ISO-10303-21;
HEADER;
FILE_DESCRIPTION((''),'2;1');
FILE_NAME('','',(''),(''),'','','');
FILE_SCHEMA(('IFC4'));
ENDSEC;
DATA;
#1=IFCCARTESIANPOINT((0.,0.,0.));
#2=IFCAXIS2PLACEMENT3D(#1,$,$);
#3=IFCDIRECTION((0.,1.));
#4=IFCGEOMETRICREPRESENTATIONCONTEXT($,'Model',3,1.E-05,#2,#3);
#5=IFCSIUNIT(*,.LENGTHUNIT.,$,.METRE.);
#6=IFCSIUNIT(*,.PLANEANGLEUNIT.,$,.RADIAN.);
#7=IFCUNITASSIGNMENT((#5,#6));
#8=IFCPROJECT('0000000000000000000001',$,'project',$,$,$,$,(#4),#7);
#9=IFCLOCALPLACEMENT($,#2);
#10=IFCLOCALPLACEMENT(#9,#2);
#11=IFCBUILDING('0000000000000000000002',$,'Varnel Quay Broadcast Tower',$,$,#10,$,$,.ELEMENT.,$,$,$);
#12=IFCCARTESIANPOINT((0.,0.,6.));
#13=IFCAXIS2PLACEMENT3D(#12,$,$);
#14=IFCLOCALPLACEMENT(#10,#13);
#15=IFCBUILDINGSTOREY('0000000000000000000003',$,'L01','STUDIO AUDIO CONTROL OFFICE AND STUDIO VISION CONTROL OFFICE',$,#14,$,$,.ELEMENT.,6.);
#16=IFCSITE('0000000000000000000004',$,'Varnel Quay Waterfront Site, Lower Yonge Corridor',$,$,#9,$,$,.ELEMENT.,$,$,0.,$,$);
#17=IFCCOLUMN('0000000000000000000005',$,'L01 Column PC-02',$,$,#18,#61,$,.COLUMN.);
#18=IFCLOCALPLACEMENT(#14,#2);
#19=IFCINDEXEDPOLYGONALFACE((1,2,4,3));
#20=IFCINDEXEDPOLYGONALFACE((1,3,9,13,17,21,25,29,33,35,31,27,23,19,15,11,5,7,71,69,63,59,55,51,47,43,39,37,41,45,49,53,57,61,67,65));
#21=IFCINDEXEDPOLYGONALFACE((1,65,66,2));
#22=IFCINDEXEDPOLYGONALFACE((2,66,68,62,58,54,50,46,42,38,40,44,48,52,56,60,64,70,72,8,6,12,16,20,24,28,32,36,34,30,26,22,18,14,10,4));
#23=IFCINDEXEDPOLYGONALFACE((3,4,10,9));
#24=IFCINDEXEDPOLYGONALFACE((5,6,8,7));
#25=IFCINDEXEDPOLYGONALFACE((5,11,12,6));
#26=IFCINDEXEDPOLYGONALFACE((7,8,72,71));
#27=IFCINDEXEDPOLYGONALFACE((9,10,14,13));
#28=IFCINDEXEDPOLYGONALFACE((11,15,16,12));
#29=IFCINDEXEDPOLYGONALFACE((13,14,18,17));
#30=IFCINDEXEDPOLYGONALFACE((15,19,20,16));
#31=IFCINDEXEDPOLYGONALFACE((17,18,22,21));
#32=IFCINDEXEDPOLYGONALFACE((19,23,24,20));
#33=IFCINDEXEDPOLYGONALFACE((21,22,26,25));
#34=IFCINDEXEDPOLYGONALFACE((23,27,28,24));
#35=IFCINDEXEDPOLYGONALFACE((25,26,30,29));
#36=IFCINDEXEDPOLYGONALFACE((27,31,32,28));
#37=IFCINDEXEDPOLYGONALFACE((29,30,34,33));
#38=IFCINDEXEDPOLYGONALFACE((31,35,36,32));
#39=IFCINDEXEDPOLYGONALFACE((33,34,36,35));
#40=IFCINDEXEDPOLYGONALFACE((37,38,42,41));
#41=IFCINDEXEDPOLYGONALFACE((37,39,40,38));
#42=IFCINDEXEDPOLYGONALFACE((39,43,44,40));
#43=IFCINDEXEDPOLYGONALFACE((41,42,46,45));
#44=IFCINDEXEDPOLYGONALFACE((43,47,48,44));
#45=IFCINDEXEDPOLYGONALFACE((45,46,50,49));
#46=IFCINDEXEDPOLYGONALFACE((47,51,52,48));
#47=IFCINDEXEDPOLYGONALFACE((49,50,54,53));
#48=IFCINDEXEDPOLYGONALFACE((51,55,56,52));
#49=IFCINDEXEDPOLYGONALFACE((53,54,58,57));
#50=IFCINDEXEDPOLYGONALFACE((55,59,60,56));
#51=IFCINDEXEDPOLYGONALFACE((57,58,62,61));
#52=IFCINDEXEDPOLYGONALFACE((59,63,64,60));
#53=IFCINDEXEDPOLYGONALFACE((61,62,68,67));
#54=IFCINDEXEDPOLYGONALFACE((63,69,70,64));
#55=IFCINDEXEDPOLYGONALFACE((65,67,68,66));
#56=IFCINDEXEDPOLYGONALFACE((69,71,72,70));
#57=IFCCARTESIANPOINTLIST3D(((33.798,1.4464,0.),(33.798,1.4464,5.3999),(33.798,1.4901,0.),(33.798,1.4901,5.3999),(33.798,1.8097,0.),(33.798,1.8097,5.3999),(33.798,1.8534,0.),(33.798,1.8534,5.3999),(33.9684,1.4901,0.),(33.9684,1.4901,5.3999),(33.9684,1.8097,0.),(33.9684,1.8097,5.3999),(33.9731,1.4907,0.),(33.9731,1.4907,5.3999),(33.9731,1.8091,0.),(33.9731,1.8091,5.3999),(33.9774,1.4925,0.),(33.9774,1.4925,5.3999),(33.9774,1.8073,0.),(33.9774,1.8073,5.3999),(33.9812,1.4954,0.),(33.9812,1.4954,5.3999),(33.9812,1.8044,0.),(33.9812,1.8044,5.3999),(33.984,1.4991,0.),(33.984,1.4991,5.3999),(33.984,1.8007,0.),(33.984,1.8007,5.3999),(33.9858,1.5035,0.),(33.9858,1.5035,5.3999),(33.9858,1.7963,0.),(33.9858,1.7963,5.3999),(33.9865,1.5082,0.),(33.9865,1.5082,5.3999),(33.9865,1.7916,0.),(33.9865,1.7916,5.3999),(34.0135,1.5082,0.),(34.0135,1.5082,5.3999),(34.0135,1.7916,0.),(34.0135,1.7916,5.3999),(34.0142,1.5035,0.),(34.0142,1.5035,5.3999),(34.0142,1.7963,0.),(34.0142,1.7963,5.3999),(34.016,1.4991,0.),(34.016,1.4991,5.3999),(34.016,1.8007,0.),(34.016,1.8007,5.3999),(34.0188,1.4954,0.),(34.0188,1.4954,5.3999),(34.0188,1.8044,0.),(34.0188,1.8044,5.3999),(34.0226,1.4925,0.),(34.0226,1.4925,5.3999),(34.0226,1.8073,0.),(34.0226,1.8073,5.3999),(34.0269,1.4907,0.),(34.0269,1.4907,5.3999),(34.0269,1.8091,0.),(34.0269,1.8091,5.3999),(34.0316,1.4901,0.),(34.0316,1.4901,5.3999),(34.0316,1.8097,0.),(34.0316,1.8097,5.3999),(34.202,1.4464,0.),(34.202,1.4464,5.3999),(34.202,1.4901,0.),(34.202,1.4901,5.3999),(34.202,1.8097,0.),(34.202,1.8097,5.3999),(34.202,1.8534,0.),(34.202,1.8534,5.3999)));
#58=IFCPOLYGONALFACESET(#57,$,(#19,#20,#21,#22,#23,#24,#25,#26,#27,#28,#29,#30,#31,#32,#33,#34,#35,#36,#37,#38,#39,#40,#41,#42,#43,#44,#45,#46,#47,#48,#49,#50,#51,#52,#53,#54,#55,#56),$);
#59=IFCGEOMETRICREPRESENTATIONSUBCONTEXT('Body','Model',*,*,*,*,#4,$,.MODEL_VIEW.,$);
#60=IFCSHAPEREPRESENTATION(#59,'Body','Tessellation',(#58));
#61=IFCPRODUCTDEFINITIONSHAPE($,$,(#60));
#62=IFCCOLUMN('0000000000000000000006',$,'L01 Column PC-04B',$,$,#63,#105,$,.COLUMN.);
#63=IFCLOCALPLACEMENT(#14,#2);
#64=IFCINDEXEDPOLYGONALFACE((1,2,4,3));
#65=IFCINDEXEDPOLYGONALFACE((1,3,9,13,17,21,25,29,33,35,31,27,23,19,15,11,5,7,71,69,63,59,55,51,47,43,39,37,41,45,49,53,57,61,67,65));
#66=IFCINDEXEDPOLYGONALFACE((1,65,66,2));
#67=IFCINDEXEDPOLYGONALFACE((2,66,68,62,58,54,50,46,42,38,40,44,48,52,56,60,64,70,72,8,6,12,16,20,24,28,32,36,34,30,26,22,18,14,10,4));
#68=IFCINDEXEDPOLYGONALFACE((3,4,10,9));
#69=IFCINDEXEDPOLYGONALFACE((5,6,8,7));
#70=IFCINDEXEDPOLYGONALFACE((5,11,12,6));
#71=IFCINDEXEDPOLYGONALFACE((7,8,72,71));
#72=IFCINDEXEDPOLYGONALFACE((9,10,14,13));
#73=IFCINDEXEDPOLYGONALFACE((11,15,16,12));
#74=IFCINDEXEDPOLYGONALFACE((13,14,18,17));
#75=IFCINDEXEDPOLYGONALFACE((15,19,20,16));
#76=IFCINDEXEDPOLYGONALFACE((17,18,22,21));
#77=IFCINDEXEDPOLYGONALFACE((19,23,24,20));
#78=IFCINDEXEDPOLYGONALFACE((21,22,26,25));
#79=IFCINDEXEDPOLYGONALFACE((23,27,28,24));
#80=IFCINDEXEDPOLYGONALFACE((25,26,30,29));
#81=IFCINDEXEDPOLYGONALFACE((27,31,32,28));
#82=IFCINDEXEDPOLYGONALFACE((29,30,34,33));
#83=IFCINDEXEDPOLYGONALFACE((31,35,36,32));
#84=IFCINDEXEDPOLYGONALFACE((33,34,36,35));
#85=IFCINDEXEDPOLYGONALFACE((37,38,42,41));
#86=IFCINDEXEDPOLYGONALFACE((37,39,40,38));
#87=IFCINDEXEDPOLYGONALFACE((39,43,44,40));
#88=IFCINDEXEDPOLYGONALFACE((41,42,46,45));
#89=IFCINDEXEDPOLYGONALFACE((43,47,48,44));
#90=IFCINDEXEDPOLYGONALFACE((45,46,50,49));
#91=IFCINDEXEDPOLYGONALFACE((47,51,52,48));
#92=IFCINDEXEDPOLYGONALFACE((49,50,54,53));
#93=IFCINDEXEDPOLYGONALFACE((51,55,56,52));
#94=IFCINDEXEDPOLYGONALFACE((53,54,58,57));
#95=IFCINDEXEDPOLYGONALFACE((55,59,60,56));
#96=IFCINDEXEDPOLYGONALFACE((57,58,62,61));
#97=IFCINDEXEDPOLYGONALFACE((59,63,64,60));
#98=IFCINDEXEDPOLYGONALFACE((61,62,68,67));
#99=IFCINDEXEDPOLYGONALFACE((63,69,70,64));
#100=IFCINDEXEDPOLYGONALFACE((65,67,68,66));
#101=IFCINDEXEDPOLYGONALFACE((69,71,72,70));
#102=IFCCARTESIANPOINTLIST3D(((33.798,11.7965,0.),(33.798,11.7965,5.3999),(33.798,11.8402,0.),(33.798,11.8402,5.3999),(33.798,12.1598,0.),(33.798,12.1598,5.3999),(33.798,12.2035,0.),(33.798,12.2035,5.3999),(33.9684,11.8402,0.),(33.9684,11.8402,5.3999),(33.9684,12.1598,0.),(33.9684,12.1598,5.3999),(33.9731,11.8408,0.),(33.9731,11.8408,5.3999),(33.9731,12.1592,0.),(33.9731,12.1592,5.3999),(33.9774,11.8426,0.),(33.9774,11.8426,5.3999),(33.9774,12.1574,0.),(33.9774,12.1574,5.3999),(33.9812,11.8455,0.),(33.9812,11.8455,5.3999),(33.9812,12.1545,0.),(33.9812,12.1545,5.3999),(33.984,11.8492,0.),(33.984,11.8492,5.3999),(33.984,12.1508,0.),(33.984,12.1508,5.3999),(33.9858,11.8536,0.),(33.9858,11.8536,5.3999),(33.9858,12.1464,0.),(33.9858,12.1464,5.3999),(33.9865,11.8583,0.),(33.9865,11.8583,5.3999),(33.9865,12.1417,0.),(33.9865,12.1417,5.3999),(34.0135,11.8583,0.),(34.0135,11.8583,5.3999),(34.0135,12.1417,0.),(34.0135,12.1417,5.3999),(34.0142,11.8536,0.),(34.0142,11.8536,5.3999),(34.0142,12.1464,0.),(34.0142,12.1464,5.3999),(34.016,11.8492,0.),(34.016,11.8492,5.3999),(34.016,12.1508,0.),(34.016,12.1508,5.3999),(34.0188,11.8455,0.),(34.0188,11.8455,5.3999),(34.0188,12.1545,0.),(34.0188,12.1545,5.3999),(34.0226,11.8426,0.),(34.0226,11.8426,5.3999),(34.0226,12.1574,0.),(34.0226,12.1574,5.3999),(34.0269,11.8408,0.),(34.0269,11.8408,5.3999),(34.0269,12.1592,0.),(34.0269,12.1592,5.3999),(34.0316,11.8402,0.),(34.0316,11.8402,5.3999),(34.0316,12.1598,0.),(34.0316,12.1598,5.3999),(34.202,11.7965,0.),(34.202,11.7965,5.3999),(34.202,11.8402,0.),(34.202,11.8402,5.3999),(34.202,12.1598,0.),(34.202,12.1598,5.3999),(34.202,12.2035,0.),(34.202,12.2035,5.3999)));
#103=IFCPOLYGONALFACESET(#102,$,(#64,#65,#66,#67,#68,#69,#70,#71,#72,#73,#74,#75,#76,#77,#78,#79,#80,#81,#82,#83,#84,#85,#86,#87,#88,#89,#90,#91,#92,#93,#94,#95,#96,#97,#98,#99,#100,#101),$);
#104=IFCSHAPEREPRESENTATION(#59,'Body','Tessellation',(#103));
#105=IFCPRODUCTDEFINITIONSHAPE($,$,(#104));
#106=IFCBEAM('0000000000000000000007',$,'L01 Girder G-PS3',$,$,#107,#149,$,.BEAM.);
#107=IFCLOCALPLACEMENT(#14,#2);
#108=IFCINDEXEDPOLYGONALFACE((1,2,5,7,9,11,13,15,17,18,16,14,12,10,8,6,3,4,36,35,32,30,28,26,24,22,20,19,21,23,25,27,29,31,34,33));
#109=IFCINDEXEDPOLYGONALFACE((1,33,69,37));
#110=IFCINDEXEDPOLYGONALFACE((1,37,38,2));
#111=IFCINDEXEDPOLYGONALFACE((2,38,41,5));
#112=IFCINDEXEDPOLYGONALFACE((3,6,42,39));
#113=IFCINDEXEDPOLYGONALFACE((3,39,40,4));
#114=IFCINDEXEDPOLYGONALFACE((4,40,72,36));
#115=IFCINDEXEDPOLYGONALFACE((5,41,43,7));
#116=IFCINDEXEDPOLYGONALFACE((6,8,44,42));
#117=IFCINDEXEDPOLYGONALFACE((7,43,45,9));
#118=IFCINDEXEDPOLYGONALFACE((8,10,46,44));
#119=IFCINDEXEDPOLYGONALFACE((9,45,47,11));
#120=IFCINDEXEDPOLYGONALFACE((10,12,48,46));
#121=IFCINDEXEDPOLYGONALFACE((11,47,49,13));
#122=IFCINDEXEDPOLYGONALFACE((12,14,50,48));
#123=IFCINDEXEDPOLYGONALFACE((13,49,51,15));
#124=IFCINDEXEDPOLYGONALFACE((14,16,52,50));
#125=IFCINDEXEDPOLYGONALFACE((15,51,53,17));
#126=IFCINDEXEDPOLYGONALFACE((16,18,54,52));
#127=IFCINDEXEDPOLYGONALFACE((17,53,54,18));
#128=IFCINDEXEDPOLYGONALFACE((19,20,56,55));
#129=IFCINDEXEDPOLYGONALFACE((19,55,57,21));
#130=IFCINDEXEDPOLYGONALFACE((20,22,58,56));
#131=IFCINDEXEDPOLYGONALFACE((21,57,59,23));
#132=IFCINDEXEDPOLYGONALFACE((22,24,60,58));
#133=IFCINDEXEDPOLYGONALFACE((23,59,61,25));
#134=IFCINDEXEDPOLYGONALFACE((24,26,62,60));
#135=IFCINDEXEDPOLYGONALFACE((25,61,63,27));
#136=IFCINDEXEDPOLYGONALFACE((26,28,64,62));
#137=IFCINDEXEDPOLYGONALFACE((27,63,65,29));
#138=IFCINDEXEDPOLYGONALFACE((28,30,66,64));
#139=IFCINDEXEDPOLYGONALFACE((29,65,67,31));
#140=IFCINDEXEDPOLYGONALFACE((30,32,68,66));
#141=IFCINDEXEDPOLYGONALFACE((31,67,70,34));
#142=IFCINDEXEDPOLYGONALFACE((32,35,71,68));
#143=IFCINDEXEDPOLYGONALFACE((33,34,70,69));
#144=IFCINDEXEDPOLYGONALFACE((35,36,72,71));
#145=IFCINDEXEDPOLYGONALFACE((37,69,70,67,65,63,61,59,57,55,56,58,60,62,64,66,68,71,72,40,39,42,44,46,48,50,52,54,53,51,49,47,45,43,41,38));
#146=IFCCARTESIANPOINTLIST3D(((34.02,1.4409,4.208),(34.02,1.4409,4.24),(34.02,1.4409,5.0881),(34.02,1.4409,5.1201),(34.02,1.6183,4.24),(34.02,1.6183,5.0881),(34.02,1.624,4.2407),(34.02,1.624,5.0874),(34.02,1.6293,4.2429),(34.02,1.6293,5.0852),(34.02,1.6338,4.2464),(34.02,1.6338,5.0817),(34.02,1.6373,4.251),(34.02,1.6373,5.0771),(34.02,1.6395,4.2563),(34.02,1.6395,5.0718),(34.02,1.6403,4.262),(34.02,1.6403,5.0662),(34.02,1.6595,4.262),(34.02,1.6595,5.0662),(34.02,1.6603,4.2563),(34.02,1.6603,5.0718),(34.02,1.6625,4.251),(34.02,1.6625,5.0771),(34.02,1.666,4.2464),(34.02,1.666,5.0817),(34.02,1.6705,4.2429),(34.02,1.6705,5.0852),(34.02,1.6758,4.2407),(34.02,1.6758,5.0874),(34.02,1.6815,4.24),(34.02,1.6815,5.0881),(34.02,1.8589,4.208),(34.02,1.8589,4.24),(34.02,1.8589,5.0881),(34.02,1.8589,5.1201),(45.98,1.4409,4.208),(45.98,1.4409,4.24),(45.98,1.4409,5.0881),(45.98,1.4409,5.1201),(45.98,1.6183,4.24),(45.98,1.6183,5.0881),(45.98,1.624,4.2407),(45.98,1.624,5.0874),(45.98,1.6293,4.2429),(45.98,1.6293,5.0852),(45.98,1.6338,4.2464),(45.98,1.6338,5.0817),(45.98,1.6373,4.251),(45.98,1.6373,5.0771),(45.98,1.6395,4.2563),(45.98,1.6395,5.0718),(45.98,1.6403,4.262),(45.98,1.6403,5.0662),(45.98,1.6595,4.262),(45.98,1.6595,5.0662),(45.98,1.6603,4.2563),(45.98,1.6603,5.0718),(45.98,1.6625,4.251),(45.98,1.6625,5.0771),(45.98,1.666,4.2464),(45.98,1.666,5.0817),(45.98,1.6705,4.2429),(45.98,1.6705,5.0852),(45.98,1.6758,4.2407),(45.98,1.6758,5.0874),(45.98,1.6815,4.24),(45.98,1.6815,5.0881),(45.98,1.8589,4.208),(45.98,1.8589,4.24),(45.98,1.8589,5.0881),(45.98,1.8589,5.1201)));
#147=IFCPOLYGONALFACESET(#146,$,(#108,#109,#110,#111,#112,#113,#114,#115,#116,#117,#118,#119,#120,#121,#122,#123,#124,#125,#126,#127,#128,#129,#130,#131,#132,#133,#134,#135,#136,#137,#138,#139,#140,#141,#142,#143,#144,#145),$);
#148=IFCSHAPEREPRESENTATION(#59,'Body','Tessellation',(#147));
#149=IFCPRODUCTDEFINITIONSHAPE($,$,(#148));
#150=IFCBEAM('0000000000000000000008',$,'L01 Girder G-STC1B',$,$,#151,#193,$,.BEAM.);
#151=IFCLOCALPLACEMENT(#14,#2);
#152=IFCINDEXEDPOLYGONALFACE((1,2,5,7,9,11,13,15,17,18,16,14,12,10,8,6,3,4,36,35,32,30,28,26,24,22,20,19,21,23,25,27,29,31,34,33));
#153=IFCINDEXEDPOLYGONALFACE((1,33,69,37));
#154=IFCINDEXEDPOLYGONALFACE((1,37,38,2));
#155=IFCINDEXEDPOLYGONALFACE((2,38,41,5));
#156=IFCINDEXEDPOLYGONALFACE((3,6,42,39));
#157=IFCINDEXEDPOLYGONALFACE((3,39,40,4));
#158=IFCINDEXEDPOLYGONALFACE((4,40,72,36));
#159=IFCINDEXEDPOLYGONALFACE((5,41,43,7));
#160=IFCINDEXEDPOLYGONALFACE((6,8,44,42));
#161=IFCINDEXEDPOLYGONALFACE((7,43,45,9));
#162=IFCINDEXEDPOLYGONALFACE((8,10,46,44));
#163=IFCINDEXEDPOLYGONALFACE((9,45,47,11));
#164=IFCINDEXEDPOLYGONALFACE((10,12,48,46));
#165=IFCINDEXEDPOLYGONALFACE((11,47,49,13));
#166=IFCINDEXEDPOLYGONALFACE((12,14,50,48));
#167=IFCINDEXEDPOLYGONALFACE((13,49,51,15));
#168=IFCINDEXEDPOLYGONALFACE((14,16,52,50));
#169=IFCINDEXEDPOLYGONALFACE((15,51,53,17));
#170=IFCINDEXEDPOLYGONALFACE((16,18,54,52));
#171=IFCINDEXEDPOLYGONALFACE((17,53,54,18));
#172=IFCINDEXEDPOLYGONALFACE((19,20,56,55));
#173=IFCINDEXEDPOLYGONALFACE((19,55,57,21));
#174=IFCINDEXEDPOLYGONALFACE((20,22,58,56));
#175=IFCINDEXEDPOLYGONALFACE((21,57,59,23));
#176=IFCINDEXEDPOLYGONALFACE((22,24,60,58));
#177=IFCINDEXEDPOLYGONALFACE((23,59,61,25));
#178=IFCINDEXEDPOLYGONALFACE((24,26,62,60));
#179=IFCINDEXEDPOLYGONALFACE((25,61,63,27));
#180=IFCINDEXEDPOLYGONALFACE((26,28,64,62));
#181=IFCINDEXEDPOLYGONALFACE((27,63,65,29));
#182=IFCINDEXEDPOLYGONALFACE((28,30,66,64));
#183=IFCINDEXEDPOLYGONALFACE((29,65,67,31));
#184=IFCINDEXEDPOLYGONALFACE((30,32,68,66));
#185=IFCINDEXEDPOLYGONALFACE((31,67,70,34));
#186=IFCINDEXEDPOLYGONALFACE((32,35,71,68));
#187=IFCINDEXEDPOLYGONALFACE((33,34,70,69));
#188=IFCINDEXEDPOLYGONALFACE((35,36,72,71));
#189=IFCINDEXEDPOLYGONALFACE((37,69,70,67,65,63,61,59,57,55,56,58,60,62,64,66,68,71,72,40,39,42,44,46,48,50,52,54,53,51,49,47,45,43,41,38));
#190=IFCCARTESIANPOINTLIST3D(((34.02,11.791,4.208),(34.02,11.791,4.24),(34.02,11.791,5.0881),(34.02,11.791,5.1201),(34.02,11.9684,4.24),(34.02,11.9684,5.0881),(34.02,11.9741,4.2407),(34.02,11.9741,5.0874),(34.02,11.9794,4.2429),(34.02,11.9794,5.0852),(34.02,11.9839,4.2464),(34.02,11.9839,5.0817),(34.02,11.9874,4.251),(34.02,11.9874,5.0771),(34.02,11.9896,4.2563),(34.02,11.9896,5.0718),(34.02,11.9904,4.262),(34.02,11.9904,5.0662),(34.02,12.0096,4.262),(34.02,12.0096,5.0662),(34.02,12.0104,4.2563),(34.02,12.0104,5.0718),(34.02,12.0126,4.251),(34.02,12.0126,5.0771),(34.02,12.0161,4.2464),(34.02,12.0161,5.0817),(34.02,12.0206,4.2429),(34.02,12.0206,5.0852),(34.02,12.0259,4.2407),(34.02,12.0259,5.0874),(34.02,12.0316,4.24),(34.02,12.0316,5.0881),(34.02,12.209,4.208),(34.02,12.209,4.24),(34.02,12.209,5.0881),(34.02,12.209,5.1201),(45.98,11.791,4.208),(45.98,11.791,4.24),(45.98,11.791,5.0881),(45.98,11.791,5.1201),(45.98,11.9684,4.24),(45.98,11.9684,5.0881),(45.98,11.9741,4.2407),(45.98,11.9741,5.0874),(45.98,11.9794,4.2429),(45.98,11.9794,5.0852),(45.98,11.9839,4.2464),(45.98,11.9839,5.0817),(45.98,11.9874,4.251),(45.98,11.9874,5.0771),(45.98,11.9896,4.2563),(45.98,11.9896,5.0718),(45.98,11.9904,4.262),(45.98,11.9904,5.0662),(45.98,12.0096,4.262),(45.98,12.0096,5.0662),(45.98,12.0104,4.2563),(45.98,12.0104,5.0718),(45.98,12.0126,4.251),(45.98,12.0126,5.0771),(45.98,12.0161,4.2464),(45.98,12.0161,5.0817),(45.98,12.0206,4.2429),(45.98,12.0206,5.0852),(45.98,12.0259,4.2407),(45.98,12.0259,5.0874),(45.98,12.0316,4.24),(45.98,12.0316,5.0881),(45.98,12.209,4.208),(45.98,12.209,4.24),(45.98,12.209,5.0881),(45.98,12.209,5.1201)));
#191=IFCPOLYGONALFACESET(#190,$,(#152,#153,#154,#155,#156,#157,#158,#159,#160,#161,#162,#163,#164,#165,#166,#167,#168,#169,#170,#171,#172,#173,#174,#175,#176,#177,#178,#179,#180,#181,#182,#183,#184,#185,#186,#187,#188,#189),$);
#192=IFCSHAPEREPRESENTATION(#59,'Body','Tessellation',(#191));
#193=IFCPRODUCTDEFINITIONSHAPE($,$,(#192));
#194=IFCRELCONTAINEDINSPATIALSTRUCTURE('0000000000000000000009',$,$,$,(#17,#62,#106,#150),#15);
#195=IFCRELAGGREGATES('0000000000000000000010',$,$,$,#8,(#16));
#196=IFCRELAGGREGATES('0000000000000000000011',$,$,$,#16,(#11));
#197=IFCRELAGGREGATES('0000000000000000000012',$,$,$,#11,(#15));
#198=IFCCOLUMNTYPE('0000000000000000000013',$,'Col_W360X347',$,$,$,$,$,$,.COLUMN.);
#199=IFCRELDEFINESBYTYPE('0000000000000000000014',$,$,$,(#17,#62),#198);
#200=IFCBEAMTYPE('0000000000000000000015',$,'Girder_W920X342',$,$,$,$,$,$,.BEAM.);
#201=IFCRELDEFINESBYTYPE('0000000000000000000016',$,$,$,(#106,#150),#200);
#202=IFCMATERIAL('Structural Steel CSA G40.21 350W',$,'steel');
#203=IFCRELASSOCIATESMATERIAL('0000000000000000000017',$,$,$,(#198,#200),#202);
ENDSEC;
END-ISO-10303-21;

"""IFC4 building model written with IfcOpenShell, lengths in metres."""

from ifc_helpers import new_model, si_unit, direction, frame, origin, origin_2d, place, context, subcontext, project, spatial, i_section, extrude, source, transform, mapped, material, material_profile, profile_set, type_object, type_shapes, element, save


model = new_model("IFC4")

# Units and contexts
model_context = context("Model", 3, precision=1e-05, world=origin(), true_north=direction((0.0, 1.0)))
body_context = subcontext(model_context, "Body", "Model", "MODEL_VIEW")
ifc_project = project(units=[si_unit("LENGTHUNIT", "METRE"), si_unit("PLANEANGLEUNIT", "RADIAN")], contexts=[model_context])

# Site, building, storey
site_placement = place(None, origin())
site = spatial("IfcSite", under=ifc_project, at=site_placement, Name="Varnel Quay Waterfront Site, Lower Yonge Corridor", CompositionType="ELEMENT", RefElevation=0.0)
building_placement = place(site_placement, origin())
building = spatial("IfcBuilding", under=site, at=building_placement, Name="Varnel Quay Broadcast Tower", CompositionType="ELEMENT")
storey_placement = place(building_placement, frame((0.0, 0.0, 6.0)))
storey = spatial("IfcBuildingStorey", under=building, at=storey_placement, Name="L01", Description="STUDIO AUDIO CONTROL OFFICE AND STUDIO VISION CONTROL OFFICE", CompositionType="ELEMENT", Elevation=6.0)

# Columns
ifc_material_1 = material(Name="Structural Steel CSA G40.21 350W", Category="steel")
ifc_material_profile_1 = material_profile(ifc_material_1, i_section(OverallWidth=0.4041, OverallDepth=0.407, WebThickness=0.0271, FlangeThickness=0.0437, FilletRadius=0.0181, at=origin_2d()), Name="W360X347")
ifc_profile_set_1 = profile_set([ifc_material_profile_1], Name="Structural Steel CSA G40.21 350W")
column_type = type_object("IfcColumnType", Name="Col_W360X347", PredefinedType="COLUMN", material=ifc_profile_set_1)
shared_shape_1 = source(origin(), body_context, "Body", "SweptSolid", [
    extrude(i_section(OverallWidth=0.4041, OverallDepth=0.407, WebThickness=0.0271, FlangeThickness=0.0437, FilletRadius=0.0181, at=origin_2d()), origin(), (0.0, 0.0, 1.0), 5.3999),
])
type_shapes(column_type, [shared_shape_1])
for number, where, z_axis, x_axis, name in (
    (1, (34.0, 1.6499, 0.0), (0.0, 0.0, 1.0), (1.0, 0.0, 0.0), "L01 Column PC-02"),
    (2, (34.0, 12.0, 0.0), (0.0, 0.0, 1.0), (1.0, 0.0, 0.0), "L01 Column PC-04B"),
):
    element("IfcColumn", number, at=place(storey_placement, frame(where, z_axis=z_axis, x_axis=x_axis)), inside=storey, type_object=column_type, Name=name, PredefinedType="COLUMN", context=body_context, shape_type="MappedRepresentation", body=[
        mapped(shared_shape_1, transform((0.0, 0.0, 0.0), x_axis=(1.0, 0.0, 0.0), y_axis=(0.0, 1.0, 0.0), z_axis=(0.0, 0.0, 1.0), scale=1.0)),
    ])

# Beams
ifc_material_profile_2 = material_profile(ifc_material_1, i_section(OverallWidth=0.418, OverallDepth=0.9121, WebThickness=0.0193, FlangeThickness=0.032, FilletRadius=0.022, at=origin_2d()), Name="W920X342")
ifc_profile_set_2 = profile_set([ifc_material_profile_2], Name="Structural Steel CSA G40.21 350W")
beam_type = type_object("IfcBeamType", Name="Girder_W920X342", PredefinedType="BEAM", material=ifc_profile_set_2)
shared_shape_2 = source(origin(), body_context, "Body", "SweptSolid", [
    extrude(i_section(OverallWidth=0.418, OverallDepth=0.9121, WebThickness=0.0193, FlangeThickness=0.032, FilletRadius=0.022, at=origin_2d()), origin(), (0.0, 0.0, 1.0), 11.96),
])
for number, where, z_axis, x_axis, name in (
    (3, (34.02, 1.6499, 4.6641), (1.0, 0.0, 0.0), (0.0, 1.0, 0.0), "L01 Girder G-PS3"),
    (4, (34.02, 12.0, 4.6641), (1.0, 0.0, 0.0), (0.0, 1.0, 0.0), "L01 Girder G-STC1B"),
):
    element("IfcBeam", number, at=place(storey_placement, frame(where, z_axis=z_axis, x_axis=x_axis)), inside=storey, type_object=beam_type, Name=name, PredefinedType="BEAM", context=body_context, shape_type="MappedRepresentation", body=[
        mapped(shared_shape_2, transform((0.0, 0.0, 0.0), x_axis=(1.0, 0.0, 0.0), y_axis=(0.0, 1.0, 0.0), z_axis=(0.0, 0.0, 1.0), scale=1.0)),
    ])

save(model, "model.ifc")
